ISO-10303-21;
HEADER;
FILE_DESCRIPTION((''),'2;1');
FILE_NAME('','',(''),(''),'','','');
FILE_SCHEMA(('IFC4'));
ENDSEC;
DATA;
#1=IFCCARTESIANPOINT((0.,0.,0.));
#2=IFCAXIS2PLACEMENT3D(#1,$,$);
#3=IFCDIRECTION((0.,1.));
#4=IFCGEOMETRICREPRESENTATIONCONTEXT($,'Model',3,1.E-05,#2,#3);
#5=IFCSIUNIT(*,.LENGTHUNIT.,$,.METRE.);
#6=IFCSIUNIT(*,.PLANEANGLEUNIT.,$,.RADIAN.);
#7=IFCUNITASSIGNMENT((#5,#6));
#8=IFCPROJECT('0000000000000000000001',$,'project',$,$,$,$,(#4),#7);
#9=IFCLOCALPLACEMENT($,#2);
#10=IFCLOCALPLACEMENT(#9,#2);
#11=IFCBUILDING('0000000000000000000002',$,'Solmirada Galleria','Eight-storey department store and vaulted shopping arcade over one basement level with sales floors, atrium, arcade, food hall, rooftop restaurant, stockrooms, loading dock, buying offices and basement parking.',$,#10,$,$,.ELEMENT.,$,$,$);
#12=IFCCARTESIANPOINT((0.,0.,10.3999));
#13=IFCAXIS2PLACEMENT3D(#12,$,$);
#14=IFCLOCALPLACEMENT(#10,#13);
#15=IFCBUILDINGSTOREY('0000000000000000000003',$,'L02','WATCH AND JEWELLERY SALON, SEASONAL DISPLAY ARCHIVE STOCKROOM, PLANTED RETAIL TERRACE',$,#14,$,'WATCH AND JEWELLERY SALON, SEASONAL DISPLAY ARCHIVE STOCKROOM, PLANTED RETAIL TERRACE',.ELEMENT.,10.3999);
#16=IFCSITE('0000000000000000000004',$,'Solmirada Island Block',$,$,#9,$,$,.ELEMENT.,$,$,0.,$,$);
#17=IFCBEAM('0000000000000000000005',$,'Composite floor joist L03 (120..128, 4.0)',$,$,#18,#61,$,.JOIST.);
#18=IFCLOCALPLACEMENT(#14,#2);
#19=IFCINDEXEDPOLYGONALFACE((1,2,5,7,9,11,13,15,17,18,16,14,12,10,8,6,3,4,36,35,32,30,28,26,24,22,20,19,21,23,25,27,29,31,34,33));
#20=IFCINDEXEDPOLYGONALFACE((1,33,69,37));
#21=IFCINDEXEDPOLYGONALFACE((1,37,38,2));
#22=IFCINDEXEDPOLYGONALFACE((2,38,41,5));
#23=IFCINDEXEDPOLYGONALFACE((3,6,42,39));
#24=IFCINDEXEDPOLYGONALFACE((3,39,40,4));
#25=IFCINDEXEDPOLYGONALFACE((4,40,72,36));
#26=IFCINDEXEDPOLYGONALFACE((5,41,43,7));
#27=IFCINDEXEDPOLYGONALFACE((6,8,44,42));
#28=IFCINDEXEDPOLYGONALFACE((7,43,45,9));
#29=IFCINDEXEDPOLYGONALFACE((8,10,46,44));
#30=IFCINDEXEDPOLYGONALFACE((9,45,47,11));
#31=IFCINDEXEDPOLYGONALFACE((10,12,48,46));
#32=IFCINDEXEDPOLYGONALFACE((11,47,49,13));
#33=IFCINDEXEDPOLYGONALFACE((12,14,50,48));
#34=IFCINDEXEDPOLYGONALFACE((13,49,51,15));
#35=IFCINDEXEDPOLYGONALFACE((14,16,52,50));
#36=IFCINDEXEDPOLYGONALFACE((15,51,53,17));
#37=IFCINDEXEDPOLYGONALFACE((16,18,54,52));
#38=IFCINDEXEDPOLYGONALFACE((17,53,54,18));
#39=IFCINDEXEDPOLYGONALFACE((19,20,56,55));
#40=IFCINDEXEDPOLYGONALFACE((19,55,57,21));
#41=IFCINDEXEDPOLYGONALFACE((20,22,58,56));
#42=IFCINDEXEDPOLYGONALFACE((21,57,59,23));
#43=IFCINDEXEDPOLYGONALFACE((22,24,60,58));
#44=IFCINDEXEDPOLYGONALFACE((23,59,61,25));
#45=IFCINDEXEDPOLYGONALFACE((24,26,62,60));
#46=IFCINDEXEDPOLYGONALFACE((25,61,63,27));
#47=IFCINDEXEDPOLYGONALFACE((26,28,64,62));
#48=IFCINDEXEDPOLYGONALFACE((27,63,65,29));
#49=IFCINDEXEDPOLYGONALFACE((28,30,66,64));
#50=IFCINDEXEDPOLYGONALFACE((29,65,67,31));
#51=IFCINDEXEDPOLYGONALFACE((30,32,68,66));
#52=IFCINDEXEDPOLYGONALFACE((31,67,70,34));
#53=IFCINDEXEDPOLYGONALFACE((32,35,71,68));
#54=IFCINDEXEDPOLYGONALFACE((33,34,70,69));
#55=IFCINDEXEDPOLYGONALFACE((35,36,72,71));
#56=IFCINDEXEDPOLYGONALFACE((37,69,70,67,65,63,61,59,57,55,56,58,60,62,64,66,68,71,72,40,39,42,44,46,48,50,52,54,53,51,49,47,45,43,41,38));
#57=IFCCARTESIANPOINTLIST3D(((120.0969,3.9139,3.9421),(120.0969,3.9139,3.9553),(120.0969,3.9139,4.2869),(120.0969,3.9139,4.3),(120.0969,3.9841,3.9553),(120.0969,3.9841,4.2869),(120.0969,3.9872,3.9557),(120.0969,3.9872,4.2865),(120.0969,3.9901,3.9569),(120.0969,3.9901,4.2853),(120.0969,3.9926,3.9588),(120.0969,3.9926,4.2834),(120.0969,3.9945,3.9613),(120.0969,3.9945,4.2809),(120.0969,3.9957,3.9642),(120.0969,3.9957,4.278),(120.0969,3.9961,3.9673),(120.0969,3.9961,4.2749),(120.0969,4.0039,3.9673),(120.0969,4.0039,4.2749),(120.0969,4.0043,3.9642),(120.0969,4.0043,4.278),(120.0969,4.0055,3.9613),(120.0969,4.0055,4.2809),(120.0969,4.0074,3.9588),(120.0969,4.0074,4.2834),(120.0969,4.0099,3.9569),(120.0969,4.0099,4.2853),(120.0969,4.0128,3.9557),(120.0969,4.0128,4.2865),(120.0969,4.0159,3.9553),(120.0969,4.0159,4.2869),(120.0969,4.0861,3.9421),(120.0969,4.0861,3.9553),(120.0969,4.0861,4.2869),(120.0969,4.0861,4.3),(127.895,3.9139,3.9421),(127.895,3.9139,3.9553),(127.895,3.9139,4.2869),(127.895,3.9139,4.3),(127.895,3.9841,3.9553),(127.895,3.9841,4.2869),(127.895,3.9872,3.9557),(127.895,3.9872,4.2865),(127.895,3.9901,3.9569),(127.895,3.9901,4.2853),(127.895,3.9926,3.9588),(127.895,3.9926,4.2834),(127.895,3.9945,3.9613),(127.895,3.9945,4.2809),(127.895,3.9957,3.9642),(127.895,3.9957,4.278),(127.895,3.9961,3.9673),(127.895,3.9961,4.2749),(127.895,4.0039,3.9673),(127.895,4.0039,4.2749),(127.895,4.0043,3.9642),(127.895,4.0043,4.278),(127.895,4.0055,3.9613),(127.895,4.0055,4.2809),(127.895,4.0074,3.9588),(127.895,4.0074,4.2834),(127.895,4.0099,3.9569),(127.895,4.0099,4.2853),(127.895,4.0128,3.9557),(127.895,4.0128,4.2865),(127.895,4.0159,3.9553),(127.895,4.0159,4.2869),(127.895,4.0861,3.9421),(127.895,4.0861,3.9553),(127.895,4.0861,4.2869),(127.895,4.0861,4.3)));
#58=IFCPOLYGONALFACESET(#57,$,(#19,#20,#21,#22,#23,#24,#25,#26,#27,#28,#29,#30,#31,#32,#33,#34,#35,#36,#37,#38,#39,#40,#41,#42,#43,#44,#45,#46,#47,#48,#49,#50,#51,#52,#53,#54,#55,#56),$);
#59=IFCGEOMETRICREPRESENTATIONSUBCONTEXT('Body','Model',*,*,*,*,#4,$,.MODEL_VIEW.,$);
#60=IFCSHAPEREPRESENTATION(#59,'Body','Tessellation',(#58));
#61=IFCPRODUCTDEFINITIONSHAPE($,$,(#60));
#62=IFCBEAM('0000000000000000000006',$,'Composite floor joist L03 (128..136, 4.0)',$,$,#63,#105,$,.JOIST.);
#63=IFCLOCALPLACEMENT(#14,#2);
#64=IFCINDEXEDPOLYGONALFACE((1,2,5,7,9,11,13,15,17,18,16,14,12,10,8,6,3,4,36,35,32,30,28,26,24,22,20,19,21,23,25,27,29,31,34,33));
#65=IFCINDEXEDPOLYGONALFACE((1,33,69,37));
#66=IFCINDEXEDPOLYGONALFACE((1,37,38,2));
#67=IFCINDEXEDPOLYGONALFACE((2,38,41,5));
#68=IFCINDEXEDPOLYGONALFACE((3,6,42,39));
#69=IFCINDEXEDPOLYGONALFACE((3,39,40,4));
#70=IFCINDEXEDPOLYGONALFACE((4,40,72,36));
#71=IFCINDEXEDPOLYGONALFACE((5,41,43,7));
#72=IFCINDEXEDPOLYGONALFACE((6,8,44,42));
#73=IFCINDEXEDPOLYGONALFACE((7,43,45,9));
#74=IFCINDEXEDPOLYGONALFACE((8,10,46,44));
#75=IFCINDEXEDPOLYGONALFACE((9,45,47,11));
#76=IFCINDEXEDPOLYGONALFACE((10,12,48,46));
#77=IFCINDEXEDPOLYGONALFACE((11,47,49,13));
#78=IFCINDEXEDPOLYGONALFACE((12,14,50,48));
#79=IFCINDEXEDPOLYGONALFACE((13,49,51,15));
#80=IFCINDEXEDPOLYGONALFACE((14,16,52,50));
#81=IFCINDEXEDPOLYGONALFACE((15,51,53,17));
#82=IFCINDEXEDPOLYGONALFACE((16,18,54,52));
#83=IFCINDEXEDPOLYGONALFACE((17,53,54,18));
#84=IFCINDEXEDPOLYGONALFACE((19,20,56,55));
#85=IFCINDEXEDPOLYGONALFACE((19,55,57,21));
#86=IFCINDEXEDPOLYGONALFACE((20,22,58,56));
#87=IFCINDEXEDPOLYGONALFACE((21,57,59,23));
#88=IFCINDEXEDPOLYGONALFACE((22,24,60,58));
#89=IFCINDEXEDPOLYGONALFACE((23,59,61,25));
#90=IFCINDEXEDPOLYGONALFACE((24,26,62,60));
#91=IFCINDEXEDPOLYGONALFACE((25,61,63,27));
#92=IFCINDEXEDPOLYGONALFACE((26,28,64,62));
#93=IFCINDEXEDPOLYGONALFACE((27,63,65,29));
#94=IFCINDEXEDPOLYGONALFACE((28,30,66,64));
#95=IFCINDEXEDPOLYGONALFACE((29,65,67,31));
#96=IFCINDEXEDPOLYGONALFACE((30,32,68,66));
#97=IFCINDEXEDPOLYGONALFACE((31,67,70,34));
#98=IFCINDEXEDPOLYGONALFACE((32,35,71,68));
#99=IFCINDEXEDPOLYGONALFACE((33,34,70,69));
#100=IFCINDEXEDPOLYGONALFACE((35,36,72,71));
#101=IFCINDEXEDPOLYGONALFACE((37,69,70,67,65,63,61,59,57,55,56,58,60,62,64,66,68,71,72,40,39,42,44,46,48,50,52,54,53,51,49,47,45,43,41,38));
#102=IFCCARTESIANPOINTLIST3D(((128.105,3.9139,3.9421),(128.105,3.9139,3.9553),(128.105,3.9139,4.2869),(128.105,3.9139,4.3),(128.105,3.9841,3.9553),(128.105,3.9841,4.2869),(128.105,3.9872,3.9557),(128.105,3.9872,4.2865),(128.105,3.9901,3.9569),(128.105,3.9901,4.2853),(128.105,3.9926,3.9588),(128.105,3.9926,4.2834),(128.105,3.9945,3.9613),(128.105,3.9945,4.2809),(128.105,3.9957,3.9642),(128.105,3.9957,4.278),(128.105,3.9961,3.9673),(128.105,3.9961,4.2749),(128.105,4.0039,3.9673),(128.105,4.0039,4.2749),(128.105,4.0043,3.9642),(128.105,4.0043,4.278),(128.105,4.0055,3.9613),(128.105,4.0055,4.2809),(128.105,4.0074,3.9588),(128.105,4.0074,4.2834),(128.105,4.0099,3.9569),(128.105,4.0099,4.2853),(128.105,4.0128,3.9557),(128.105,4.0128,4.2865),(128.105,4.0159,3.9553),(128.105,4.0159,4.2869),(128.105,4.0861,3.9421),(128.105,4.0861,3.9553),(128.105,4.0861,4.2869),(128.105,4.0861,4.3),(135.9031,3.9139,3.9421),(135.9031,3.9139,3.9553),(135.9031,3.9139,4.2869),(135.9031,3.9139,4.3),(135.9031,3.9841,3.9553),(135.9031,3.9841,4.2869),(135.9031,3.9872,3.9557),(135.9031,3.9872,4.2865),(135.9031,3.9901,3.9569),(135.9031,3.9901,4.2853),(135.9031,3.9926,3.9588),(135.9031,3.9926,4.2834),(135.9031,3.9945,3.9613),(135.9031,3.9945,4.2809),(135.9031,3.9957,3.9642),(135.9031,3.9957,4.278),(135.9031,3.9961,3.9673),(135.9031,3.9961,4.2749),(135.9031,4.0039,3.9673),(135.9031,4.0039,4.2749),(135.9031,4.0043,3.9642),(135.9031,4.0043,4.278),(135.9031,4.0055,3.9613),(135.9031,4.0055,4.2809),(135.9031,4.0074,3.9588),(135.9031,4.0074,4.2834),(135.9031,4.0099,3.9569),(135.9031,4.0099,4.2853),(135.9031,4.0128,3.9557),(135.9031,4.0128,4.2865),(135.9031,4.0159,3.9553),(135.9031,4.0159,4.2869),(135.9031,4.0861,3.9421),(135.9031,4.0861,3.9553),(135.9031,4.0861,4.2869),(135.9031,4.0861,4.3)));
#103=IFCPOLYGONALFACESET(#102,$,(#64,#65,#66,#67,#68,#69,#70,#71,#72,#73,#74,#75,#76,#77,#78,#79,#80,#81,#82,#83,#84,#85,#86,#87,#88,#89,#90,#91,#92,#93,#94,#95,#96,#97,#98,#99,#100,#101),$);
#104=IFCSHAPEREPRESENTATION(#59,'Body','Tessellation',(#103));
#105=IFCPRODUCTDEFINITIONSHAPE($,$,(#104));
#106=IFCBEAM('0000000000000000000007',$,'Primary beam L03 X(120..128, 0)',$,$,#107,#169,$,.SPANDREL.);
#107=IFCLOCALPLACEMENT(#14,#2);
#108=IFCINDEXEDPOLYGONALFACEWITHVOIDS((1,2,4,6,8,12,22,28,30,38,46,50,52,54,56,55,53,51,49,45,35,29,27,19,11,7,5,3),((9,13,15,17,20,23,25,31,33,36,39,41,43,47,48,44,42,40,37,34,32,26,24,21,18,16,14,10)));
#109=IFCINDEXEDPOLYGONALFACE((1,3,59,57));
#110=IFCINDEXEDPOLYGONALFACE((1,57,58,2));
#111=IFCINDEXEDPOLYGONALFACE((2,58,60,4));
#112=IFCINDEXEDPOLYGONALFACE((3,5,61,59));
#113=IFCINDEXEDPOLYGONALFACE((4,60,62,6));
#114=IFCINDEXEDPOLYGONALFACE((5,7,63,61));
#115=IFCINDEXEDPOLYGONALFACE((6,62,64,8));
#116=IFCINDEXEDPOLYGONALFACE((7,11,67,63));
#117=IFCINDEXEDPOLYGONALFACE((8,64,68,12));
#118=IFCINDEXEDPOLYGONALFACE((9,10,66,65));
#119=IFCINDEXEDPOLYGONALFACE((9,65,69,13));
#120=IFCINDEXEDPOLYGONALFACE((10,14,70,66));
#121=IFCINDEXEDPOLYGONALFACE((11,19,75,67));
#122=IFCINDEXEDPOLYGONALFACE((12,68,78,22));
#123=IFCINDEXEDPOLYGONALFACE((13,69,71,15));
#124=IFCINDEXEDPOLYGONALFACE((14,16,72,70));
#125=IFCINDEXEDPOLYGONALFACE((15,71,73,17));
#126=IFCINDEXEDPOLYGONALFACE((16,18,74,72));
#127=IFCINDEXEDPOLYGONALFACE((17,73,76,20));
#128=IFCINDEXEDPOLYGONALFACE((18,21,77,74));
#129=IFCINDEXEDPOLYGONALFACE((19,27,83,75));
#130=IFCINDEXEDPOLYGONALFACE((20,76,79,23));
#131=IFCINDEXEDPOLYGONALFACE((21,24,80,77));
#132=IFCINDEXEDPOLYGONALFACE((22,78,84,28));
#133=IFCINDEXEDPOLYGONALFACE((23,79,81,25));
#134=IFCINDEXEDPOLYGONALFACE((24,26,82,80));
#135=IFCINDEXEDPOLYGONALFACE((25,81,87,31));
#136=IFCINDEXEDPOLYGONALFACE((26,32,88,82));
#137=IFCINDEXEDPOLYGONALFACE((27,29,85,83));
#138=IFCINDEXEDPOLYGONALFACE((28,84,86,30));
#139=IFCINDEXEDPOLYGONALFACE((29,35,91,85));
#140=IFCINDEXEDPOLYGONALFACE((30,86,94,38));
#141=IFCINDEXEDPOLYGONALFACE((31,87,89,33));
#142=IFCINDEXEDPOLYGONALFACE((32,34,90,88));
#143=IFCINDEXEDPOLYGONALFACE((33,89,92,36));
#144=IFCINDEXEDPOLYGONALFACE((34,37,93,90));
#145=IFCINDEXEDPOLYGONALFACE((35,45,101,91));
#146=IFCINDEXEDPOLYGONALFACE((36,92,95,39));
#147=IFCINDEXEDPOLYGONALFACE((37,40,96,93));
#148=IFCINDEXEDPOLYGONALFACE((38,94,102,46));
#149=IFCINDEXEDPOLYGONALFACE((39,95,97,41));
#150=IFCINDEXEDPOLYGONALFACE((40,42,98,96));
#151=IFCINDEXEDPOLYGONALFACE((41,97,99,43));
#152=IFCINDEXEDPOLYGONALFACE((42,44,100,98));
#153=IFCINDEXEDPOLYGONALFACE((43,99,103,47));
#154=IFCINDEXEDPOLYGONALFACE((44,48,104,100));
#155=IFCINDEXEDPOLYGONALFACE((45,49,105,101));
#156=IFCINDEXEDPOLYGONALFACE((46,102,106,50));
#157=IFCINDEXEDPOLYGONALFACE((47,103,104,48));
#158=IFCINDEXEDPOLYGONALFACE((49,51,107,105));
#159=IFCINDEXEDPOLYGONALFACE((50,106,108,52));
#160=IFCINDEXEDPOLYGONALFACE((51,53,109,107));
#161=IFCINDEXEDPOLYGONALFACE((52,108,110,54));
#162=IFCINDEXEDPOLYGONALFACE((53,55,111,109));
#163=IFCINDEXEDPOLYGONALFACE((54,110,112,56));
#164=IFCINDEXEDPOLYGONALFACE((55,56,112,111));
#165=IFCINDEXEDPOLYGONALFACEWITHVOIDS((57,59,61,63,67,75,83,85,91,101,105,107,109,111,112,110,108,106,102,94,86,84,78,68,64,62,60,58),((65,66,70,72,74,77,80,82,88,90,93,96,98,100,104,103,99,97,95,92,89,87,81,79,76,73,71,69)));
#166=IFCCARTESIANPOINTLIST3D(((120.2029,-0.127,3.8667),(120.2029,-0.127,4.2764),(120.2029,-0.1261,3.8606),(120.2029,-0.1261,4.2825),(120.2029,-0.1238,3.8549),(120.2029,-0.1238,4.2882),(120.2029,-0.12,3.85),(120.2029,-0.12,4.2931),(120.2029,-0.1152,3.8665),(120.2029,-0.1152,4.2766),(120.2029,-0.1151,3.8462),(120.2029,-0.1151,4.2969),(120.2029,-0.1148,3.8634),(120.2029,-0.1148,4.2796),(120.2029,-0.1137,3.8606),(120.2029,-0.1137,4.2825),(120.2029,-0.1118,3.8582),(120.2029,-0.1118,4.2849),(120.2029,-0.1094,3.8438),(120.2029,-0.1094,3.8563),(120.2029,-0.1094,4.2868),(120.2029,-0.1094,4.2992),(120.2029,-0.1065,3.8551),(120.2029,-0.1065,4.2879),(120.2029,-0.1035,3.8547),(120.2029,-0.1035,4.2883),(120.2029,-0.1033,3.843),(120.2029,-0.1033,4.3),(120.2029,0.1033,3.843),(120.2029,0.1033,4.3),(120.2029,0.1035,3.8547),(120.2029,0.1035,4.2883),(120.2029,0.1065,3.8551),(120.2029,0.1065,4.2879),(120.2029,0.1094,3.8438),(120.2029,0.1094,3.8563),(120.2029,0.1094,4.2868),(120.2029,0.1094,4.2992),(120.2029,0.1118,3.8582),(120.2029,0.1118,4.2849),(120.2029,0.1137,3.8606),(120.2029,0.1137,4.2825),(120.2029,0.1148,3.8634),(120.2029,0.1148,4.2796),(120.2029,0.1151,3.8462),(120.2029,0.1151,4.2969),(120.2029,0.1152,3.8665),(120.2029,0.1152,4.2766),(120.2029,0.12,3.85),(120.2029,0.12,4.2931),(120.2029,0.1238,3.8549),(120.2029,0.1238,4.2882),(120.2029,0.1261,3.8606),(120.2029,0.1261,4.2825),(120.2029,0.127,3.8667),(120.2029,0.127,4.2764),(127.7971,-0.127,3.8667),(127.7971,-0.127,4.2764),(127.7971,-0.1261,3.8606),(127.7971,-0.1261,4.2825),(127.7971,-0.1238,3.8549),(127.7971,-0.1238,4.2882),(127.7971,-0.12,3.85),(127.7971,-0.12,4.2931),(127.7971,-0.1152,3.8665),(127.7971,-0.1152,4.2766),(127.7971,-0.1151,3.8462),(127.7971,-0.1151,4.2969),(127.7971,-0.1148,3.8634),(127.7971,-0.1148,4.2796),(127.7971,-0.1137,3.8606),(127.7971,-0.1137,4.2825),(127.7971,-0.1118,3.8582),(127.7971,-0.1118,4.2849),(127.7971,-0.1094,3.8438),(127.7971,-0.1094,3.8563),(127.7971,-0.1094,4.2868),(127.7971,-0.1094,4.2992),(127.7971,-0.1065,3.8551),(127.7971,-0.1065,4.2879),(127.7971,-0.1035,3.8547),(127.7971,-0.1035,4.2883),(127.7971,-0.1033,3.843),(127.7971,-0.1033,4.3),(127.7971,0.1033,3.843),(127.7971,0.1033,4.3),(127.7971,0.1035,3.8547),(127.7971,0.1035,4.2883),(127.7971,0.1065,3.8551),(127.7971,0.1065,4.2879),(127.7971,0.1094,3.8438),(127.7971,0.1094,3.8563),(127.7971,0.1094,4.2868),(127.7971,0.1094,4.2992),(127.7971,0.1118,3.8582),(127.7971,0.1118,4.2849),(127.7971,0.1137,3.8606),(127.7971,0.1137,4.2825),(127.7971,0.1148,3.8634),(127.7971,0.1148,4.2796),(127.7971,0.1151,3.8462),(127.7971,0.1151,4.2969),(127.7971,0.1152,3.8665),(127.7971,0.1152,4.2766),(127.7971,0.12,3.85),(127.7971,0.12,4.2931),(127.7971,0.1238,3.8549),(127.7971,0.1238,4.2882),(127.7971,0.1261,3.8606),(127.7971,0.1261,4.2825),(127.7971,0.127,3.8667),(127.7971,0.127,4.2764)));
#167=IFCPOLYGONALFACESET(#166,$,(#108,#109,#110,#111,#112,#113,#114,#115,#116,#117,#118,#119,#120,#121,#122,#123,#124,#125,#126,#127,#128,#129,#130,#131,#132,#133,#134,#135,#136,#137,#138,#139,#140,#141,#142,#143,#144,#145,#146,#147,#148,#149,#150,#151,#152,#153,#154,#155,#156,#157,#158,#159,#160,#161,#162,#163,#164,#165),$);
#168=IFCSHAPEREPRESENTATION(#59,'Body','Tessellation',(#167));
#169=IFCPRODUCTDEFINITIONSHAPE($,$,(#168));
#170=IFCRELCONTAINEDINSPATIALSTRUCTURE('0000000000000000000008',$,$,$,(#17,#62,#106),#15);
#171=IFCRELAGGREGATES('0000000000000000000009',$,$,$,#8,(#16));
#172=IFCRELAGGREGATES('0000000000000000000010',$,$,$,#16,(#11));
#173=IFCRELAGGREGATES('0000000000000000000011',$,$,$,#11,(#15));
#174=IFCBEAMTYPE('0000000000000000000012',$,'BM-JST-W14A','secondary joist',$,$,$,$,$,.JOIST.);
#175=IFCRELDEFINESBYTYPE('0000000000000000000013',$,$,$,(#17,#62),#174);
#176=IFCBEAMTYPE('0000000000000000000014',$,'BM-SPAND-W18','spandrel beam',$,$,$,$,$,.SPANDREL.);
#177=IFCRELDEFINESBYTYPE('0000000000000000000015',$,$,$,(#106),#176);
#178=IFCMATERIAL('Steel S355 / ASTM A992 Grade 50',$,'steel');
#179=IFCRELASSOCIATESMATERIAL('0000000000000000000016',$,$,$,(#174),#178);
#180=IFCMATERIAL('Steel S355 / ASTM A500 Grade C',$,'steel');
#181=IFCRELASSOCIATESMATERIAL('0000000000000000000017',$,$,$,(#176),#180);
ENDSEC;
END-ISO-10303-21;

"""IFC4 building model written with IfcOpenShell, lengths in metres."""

from ifc_helpers import new_model, si_unit, direction, frame, origin, origin_2d, place, context, subcontext, project, spatial, hollow_rectangle, i_section, extrude, material, material_profile, profile_set, type_object, element, save


model = new_model("IFC4")

# Units and contexts
model_context = context("Model", 3, precision=1e-05, world=origin(), true_north=direction((0.0, 1.0)))
body_context = subcontext(model_context, "Body", "Model", "MODEL_VIEW")
ifc_project = project(units=[si_unit("LENGTHUNIT", "METRE"), si_unit("PLANEANGLEUNIT", "RADIAN")], contexts=[model_context])

# Site, building, storey
site_placement = place(None, origin())
site = spatial("IfcSite", under=ifc_project, at=site_placement, Name="Solmirada Island Block", CompositionType="ELEMENT", RefElevation=0.0)
building_placement = place(site_placement, origin())
building = spatial("IfcBuilding", under=site, at=building_placement, Name="Solmirada Galleria", Description="Eight-storey department store and vaulted shopping arcade over one basement level with sales floors, atrium, arcade, food hall, rooftop restaurant, stockrooms, loading dock, buying offices and basement parking.", CompositionType="ELEMENT")
storey_placement = place(building_placement, frame((0.0, 0.0, 10.3999)))
storey = spatial("IfcBuildingStorey", under=building, at=storey_placement, Name="L02", Description="WATCH AND JEWELLERY SALON, SEASONAL DISPLAY ARCHIVE STOCKROOM, PLANTED RETAIL TERRACE", LongName="WATCH AND JEWELLERY SALON, SEASONAL DISPLAY ARCHIVE STOCKROOM, PLANTED RETAIL TERRACE", CompositionType="ELEMENT", Elevation=10.3999)

# Shared definitions
ifc_material_1 = material(Name="Steel S355 / ASTM A500 Grade C", Category="steel")

# Beams
ifc_material_2 = material(Name="Steel S355 / ASTM A992 Grade 50", Category="steel")
ifc_material_profile_1 = material_profile(ifc_material_2, i_section(OverallWidth=0.1721, OverallDepth=0.3579, WebThickness=0.0078, FlangeThickness=0.0132, FilletRadius=0.012, at=origin_2d()), Name="W14X38")
ifc_profile_set_1 = profile_set([ifc_material_profile_1], Name="Steel S355 / ASTM A992 Grade 50")
beam_type_1 = type_object("IfcBeamType", Name="BM-JST-W14A", Description="secondary joist", PredefinedType="JOIST", material=ifc_profile_set_1)
for number, where, z_axis, x_axis, name in (
    (1, (120.0969, 4.0, 4.1211), (1.0, 0.0, 0.0), (0.0, 1.0, 0.0), "Composite floor joist L03 (120..128, 4.0)"),
    (2, (128.105, 4.0, 4.1211), (1.0, 0.0, 0.0), (0.0, 1.0, 0.0), "Composite floor joist L03 (128..136, 4.0)"),
):
    element("IfcBeam", number, at=place(storey_placement, frame(where, z_axis=z_axis, x_axis=x_axis)), inside=storey, type_object=beam_type_1, Name=name, PredefinedType="JOIST", context=body_context, shape_type="SweptSolid", body=[
        extrude(i_section(OverallWidth=0.1721, OverallDepth=0.3579, WebThickness=0.0078, FlangeThickness=0.0132, FilletRadius=0.012, at=origin_2d()), origin(), (0.0, 0.0, 1.0), 7.7981),
    ])
ifc_material_profile_2 = material_profile(ifc_material_1, hollow_rectangle(XDim=0.2539, YDim=0.457, WallThickness=0.0117, InnerFilletRadius=0.0117, OuterFilletRadius=0.0237, at=origin_2d()), Name="HSS18X10X1/2")
ifc_profile_set_2 = profile_set([ifc_material_profile_2], Name="Steel S355 / ASTM A500 Grade C")
beam_type_2 = type_object("IfcBeamType", Name="BM-SPAND-W18", Description="spandrel beam", PredefinedType="SPANDREL", material=ifc_profile_set_2)
for number, where, z_axis, x_axis, name in (
    (3, (120.2029, 0.0, 4.0715), (1.0, 0.0, 0.0), (0.0, 1.0, 0.0), "Primary beam L03 X(120..128, 0)"),
):
    element("IfcBeam", number, at=place(storey_placement, frame(where, z_axis=z_axis, x_axis=x_axis)), inside=storey, type_object=beam_type_2, Name=name, PredefinedType="SPANDREL", context=body_context, shape_type="SweptSolid", body=[
        extrude(hollow_rectangle(XDim=0.2539, YDim=0.457, WallThickness=0.0117, InnerFilletRadius=0.0117, OuterFilletRadius=0.0237, at=origin_2d()), origin(), (0.0, 0.0, 1.0), 7.5942),
    ])

save(model, "model.ifc")
